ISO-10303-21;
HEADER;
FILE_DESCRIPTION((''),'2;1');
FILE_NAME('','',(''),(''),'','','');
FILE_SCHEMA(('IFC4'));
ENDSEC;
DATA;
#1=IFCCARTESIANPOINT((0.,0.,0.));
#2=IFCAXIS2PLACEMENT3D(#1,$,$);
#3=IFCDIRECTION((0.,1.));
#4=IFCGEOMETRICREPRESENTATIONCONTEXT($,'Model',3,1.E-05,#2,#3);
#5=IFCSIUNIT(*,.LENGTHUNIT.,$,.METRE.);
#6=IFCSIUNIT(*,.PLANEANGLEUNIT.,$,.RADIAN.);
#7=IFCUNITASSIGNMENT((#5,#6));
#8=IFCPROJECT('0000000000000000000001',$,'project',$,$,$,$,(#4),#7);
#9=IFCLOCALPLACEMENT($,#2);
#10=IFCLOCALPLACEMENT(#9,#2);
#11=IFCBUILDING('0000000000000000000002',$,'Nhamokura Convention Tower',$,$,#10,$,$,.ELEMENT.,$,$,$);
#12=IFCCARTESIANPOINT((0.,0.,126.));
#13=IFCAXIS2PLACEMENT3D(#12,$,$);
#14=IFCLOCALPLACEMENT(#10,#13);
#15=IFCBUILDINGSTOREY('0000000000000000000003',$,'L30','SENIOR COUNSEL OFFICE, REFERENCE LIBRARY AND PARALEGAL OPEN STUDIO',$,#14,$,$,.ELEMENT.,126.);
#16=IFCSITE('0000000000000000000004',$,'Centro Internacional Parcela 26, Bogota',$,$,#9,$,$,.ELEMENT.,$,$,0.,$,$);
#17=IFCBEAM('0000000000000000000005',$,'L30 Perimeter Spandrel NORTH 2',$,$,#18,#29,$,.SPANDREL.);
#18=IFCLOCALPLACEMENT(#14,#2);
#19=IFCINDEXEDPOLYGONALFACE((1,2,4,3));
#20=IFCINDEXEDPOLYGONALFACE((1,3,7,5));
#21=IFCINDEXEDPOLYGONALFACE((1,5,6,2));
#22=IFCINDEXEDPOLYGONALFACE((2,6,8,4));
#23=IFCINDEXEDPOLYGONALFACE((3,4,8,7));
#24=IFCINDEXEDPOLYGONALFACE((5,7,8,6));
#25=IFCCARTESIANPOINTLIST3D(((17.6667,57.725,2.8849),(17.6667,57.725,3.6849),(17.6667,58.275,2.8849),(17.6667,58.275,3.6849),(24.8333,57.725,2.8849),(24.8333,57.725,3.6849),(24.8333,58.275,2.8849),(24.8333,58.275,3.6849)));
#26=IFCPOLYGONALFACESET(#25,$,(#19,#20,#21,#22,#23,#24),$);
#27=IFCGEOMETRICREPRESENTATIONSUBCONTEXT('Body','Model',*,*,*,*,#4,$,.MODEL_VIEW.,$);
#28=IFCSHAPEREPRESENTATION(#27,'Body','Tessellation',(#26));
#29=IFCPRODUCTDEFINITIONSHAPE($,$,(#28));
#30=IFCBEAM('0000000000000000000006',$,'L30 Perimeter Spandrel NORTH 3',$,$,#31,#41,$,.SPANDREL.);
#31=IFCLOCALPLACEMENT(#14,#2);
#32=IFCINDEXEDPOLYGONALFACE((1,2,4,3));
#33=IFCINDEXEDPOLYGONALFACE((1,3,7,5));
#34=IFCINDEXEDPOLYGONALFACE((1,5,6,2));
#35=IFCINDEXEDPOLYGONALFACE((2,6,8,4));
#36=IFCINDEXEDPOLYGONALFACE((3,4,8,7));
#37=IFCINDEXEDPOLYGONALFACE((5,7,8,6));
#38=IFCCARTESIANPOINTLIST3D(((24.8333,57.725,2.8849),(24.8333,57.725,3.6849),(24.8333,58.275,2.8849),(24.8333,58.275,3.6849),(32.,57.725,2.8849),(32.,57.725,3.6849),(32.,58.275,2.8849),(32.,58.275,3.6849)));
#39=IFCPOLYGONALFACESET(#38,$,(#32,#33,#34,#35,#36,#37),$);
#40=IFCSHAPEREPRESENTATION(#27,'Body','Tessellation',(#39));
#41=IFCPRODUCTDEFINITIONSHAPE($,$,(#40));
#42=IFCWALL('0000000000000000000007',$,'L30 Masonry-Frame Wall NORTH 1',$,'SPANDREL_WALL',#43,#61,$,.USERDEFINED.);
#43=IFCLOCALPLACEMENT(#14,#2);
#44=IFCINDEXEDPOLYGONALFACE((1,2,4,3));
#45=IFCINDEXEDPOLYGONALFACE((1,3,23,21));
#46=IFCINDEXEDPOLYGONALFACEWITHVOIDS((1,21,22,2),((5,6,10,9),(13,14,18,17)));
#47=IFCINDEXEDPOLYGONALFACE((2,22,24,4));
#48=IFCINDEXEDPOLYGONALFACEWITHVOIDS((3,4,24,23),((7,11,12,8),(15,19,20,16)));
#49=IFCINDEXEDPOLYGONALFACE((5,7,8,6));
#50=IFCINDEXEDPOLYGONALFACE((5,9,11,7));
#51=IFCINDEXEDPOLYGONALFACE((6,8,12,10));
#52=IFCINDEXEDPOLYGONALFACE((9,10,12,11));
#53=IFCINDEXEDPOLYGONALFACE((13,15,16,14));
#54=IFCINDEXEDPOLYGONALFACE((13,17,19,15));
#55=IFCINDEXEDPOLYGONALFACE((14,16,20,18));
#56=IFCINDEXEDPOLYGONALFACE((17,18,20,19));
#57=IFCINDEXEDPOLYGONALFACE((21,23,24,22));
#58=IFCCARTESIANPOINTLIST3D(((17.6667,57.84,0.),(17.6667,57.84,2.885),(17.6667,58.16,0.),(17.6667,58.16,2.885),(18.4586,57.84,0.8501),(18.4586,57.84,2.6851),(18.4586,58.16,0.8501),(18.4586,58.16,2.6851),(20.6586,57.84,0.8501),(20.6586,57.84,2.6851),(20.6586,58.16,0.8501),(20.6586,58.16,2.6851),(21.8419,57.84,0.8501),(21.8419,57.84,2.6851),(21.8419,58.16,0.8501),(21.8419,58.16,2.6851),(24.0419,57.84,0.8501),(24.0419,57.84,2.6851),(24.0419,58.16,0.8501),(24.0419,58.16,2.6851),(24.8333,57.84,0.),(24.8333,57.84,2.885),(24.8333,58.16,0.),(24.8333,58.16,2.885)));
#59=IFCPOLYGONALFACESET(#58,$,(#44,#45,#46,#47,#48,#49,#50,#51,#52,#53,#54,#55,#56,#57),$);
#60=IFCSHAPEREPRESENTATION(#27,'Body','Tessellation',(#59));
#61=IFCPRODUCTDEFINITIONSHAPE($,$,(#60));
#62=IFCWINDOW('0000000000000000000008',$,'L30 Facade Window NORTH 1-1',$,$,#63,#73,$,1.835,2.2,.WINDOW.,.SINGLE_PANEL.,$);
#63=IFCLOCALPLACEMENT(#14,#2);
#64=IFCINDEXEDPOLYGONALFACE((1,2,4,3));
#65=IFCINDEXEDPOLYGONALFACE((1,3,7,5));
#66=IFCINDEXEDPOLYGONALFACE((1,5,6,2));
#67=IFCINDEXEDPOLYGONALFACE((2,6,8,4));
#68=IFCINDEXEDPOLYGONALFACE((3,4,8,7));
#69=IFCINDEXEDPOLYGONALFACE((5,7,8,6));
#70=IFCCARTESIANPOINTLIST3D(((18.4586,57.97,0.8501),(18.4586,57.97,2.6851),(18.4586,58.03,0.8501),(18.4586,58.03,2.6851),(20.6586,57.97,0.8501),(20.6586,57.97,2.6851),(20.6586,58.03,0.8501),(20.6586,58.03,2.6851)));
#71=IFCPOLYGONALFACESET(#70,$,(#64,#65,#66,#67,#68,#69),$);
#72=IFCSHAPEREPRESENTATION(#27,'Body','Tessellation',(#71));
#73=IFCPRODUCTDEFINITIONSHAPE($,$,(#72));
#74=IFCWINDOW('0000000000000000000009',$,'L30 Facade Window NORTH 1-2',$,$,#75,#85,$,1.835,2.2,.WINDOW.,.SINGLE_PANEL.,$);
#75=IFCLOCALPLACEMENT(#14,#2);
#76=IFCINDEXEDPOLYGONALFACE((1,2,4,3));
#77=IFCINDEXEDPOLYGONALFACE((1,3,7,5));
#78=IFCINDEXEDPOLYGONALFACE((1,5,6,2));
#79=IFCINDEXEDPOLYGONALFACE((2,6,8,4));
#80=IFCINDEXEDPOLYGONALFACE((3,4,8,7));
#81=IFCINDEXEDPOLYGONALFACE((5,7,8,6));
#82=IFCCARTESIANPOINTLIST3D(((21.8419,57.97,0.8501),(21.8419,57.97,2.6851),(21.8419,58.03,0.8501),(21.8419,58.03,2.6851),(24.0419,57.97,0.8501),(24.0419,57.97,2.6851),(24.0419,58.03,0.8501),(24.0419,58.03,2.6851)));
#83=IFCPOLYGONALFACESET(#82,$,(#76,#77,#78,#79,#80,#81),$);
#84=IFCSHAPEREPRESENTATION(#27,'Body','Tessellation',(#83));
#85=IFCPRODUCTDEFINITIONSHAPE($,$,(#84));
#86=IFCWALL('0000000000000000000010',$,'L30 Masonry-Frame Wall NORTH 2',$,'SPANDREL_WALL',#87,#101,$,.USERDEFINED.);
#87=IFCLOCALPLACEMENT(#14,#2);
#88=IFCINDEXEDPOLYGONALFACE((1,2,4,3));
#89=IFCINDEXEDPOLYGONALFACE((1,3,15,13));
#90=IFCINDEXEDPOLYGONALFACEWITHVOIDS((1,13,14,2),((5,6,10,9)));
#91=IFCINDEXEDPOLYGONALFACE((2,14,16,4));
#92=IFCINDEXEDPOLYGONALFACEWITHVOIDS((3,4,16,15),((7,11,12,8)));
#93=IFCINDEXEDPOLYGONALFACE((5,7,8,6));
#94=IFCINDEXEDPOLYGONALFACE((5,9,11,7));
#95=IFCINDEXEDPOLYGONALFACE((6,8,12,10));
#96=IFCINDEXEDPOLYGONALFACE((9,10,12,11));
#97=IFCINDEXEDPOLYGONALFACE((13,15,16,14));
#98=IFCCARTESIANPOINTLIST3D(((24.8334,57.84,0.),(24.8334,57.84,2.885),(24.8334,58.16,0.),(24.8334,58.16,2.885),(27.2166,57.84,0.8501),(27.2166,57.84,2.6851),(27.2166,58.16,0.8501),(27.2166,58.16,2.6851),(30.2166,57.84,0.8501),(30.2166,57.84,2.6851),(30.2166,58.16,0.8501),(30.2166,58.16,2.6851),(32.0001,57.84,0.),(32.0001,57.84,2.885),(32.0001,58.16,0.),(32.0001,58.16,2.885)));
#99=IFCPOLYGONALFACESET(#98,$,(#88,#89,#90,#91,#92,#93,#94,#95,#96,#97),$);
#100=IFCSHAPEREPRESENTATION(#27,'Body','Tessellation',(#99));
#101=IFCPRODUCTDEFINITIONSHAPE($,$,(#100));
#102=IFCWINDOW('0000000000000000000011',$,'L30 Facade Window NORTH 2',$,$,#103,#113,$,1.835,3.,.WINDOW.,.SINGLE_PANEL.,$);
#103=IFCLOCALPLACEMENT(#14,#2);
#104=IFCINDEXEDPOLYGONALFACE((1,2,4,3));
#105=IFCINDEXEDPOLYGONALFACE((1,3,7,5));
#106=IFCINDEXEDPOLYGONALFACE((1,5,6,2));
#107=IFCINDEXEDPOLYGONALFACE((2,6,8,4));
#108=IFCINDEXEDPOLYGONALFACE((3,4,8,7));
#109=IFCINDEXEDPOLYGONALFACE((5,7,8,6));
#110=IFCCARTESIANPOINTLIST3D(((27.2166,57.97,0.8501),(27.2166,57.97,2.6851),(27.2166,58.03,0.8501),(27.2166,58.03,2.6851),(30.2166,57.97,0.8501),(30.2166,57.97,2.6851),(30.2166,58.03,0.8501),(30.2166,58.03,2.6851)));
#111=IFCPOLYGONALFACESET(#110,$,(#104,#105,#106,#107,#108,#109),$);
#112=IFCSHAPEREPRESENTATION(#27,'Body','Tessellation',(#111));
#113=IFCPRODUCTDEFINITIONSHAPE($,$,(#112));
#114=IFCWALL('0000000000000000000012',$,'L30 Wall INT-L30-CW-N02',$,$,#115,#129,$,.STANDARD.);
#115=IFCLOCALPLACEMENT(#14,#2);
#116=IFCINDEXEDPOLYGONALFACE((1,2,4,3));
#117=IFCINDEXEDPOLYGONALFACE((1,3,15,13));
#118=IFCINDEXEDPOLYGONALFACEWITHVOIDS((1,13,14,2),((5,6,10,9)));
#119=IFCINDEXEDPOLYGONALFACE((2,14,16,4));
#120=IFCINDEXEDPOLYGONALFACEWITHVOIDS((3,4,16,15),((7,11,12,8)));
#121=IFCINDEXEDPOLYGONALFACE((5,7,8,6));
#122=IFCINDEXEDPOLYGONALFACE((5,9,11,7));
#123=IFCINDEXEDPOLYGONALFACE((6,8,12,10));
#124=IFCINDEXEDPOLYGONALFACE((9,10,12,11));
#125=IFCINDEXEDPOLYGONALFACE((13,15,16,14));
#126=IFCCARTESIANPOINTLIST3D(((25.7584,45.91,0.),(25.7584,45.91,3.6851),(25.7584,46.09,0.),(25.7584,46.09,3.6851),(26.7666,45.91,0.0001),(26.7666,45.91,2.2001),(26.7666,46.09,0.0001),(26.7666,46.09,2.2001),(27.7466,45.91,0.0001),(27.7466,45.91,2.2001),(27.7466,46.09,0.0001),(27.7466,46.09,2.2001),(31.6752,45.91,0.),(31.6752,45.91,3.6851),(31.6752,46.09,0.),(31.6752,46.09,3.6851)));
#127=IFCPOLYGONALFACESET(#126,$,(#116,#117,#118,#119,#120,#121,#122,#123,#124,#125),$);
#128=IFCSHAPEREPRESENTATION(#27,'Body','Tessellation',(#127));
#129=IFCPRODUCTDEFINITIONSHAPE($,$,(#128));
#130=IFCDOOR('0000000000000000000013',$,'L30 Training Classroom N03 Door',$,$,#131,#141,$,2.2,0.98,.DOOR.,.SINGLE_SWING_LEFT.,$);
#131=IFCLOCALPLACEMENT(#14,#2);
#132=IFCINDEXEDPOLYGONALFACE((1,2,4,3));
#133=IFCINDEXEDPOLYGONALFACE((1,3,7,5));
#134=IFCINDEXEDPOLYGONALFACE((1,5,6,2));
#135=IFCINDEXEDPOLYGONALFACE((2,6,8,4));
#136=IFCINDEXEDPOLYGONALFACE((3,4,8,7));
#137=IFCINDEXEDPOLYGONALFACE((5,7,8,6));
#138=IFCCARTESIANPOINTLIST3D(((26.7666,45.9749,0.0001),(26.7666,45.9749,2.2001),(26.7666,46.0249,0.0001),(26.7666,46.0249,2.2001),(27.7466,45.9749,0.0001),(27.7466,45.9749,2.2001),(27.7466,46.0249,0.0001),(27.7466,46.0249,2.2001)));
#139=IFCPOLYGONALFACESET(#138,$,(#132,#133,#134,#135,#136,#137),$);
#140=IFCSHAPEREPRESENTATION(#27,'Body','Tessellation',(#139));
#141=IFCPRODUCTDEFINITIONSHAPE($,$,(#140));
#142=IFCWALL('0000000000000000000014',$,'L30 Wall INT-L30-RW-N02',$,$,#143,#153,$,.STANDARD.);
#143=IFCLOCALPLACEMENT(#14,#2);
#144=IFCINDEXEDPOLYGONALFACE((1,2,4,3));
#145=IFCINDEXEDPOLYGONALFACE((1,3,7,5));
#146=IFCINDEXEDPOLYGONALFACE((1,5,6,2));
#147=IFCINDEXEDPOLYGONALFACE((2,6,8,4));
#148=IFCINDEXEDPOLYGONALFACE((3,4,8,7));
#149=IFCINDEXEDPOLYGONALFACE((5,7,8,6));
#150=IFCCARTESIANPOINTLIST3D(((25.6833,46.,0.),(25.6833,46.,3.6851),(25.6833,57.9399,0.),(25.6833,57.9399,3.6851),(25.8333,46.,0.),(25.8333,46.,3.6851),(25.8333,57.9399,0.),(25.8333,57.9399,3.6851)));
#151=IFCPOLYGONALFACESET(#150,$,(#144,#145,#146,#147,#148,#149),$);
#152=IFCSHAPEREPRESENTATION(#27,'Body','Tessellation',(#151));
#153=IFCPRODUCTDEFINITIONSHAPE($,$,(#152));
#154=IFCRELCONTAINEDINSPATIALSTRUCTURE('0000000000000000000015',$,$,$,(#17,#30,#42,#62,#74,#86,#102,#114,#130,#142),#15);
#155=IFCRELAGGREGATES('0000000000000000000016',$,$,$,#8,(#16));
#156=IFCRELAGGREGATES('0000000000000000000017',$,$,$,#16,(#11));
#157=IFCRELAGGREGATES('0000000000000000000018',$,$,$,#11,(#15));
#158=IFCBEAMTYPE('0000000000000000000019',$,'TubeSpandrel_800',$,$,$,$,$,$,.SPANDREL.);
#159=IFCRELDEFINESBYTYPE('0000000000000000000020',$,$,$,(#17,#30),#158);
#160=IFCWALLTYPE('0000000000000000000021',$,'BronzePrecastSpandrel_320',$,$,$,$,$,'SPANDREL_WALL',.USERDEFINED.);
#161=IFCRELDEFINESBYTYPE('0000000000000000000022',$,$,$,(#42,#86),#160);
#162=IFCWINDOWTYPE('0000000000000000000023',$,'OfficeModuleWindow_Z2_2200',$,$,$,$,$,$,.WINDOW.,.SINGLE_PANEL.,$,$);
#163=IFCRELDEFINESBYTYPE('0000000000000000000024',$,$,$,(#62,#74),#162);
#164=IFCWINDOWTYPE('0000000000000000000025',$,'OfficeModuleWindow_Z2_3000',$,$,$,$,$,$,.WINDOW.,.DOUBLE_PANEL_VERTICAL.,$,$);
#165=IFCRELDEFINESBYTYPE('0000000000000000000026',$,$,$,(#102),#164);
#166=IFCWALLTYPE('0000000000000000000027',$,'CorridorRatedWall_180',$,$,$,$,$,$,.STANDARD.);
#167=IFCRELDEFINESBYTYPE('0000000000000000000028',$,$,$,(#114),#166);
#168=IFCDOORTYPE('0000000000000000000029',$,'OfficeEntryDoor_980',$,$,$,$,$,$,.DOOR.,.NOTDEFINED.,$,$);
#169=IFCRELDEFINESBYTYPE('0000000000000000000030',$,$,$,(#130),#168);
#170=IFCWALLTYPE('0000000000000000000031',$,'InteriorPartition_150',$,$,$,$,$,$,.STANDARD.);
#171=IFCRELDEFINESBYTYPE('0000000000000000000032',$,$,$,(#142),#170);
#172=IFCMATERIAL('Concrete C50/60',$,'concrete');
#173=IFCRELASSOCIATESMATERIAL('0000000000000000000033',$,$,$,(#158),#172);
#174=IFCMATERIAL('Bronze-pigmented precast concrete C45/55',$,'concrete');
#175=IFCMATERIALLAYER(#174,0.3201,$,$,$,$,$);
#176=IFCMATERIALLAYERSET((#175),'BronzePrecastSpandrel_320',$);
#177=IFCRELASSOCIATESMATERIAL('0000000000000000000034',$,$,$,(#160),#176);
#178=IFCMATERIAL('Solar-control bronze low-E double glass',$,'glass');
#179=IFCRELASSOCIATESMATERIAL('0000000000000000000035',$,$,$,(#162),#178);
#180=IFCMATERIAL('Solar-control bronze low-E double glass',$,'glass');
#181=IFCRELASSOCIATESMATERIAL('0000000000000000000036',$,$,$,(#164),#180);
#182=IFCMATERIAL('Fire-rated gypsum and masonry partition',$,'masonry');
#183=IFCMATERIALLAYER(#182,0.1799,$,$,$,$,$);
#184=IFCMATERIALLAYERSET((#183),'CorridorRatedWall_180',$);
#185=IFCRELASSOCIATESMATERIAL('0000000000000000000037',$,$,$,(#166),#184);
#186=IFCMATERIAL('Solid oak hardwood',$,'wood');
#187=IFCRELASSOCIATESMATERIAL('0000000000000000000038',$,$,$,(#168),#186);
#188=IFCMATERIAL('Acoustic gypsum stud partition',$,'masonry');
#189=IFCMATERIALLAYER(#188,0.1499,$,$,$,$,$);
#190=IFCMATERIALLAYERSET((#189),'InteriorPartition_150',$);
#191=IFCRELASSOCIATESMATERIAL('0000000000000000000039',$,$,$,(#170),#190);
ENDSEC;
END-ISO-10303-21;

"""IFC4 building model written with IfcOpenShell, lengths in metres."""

from ifc_helpers import new_model, si_unit, direction, frame, frame_2d, origin, origin_2d, place, context, subcontext, project, spatial, rectangle, extrude, material, layer, layer_set, material_profile, profile_set, type_object, element, fill, save


model = new_model("IFC4")

# Units and contexts
model_context = context("Model", 3, precision=1e-05, world=origin(), true_north=direction((0.0, 1.0)))
body_context = subcontext(model_context, "Body", "Model", "MODEL_VIEW")
ifc_project = project(units=[si_unit("LENGTHUNIT", "METRE"), si_unit("PLANEANGLEUNIT", "RADIAN")], contexts=[model_context])

# Site, building, storey
site_placement = place(None, origin())
site = spatial("IfcSite", under=ifc_project, at=site_placement, Name="Centro Internacional Parcela 26, Bogota", CompositionType="ELEMENT", RefElevation=0.0)
building_placement = place(site_placement, origin())
building = spatial("IfcBuilding", under=site, at=building_placement, Name="Nhamokura Convention Tower", CompositionType="ELEMENT")
storey_placement = place(building_placement, frame((0.0, 0.0, 126.0)))
storey = spatial("IfcBuildingStorey", under=building, at=storey_placement, Name="L30", Description="SENIOR COUNSEL OFFICE, REFERENCE LIBRARY AND PARALEGAL OPEN STUDIO", CompositionType="ELEMENT", Elevation=126.0)

# Beams
ifc_material_1 = material(Name="Concrete C50/60", Category="concrete")
ifc_material_profile_1 = material_profile(ifc_material_1, rectangle(XDim=0.55, YDim=0.8, at=origin_2d()))
ifc_profile_set_1 = profile_set([ifc_material_profile_1], Name="Concrete C50/60")
beam_type_1 = type_object("IfcBeamType", Name="TubeSpandrel_800", PredefinedType="SPANDREL", material=ifc_profile_set_1)
beam_1_placement = place(storey_placement, frame((17.6667, 58.0, 3.2849), z_axis=(1.0, 0.0, 0.0), x_axis=(0.0, 1.0, 0.0)))
element("IfcBeam", 1, at=beam_1_placement, inside=storey, type_object=beam_type_1, Name="L30 Perimeter Spandrel NORTH 2", PredefinedType="SPANDREL", context=body_context, shape_type="SweptSolid", body=[
    extrude(rectangle(XDim=0.55, YDim=0.8, at=origin_2d()), origin(), (0.0, 0.0, 1.0), 7.1665),
])
beam_2_placement = place(storey_placement, frame((24.8333, 58.0, 3.2849), z_axis=(1.0, 0.0, 0.0), x_axis=(0.0, 1.0, 0.0)))
element("IfcBeam", 2, at=beam_2_placement, inside=storey, type_object=beam_type_1, Name="L30 Perimeter Spandrel NORTH 3", PredefinedType="SPANDREL", context=body_context, shape_type="SweptSolid", body=[
    extrude(rectangle(XDim=0.55, YDim=0.8, at=origin_2d()), origin(), (0.0, 0.0, 1.0), 7.1667),
])

# Wall, openings, windows
ifc_material_2 = material(Name="Bronze-pigmented precast concrete C45/55", Category="concrete")
ifc_layer_1 = layer(ifc_material_2, 0.3201)
ifc_layer_set_1 = layer_set([ifc_layer_1], Name="BronzePrecastSpandrel_320")
wall_type_1 = type_object("IfcWallType", Name="BronzePrecastSpandrel_320", ElementType="SPANDREL_WALL", PredefinedType="USERDEFINED", material=ifc_layer_set_1)
wall_1_placement = place(storey_placement, frame((17.6667, 58.0, 0.0), z_axis=(0.0, 0.0, 1.0), x_axis=(1.0, 0.0, 0.0)))
wall_1 = element("IfcWall", 3, at=wall_1_placement, inside=storey, type_object=wall_type_1, Name="L30 Masonry-Frame Wall NORTH 1", ObjectType="SPANDREL_WALL", PredefinedType="USERDEFINED", context=body_context, shape_type="SweptSolid", body=[
    extrude(rectangle(XDim=7.1665, YDim=0.3201, at=frame_2d((3.5833, 0.0))), origin(), (0.0, 0.0, 1.0), 2.885),
])
opening_1_placement = place(wall_1_placement, frame((0.7917, 0.0, 0.8501)))
opening_1 = element("IfcOpeningElement", 4, at=opening_1_placement, cuts=wall_1, PredefinedType="OPENING", context=body_context, shape_type="SweptSolid", body=[
    extrude(rectangle(XDim=2.2, YDim=1.835, at=frame_2d((1.1001, 0.9175))), frame((0.0, 0.1699, 0.0), z_axis=(0.0, -1.0, 0.0), x_axis=(1.0, 0.0, 0.0)), (0.0, 0.0, 1.0), 0.3401),
])
opening_2_placement = place(wall_1_placement, frame((4.175, 0.0, 0.8501)))
opening_2 = element("IfcOpeningElement", 5, at=opening_2_placement, cuts=wall_1, PredefinedType="OPENING", context=body_context, shape_type="SweptSolid", body=[
    extrude(rectangle(XDim=2.2, YDim=1.835, at=frame_2d((1.1001, 0.9175))), frame((0.0, 0.1699, 0.0), z_axis=(0.0, -1.0, 0.0), x_axis=(1.0, 0.0, 0.0)), (0.0, 0.0, 1.0), 0.3401),
])
ifc_material_3 = material(Name="Solar-control bronze low-E double glass", Category="glass")
window_type_1 = type_object("IfcWindowType", Name="OfficeModuleWindow_Z2_2200", PartitioningType="SINGLE_PANEL", PredefinedType="WINDOW", material=ifc_material_3)
window_1_placement = place(opening_1_placement, origin())
window_1 = element("IfcWindow", 6, at=window_1_placement, inside=storey, type_object=window_type_1, Name="L30 Facade Window NORTH 1-1", OverallHeight=1.835, OverallWidth=2.2, PartitioningType="SINGLE_PANEL", PredefinedType="WINDOW", context=body_context, shape_type="SweptSolid", body=[
    extrude(rectangle(XDim=2.2, YDim=1.835, at=frame_2d((1.1001, 0.9175))), frame((0.0, 0.03, 0.0), z_axis=(0.0, -1.0, 0.0), x_axis=(1.0, 0.0, 0.0)), (0.0, 0.0, 1.0), 0.0601),
])
fill(opening_1, window_1)
window_2_placement = place(opening_2_placement, origin())
window_2 = element("IfcWindow", 7, at=window_2_placement, inside=storey, type_object=window_type_1, Name="L30 Facade Window NORTH 1-2", OverallHeight=1.835, OverallWidth=2.2, PartitioningType="SINGLE_PANEL", PredefinedType="WINDOW", context=body_context, shape_type="SweptSolid", body=[
    extrude(rectangle(XDim=2.2, YDim=1.835, at=frame_2d((1.1001, 0.9175))), frame((0.0, 0.03, 0.0), z_axis=(0.0, -1.0, 0.0), x_axis=(1.0, 0.0, 0.0)), (0.0, 0.0, 1.0), 0.0601),
])
fill(opening_2, window_2)

# Wall, opening, window
wall_2_placement = place(storey_placement, frame((24.8333, 58.0, 0.0), z_axis=(0.0, 0.0, 1.0), x_axis=(1.0, 0.0, 0.0)))
wall_2 = element("IfcWall", 8, at=wall_2_placement, inside=storey, type_object=wall_type_1, Name="L30 Masonry-Frame Wall NORTH 2", ObjectType="SPANDREL_WALL", PredefinedType="USERDEFINED", context=body_context, shape_type="SweptSolid", body=[
    extrude(rectangle(XDim=7.1667, YDim=0.3201, at=frame_2d((3.5835, 0.0))), origin(), (0.0, 0.0, 1.0), 2.885),
])
opening_3_placement = place(wall_2_placement, frame((2.3833, 0.0, 0.8501)))
opening_3 = element("IfcOpeningElement", 9, at=opening_3_placement, cuts=wall_2, PredefinedType="OPENING", context=body_context, shape_type="SweptSolid", body=[
    extrude(rectangle(XDim=3.0, YDim=1.835, at=frame_2d((1.5, 0.9175))), frame((0.0, 0.1699, 0.0), z_axis=(0.0, -1.0, 0.0), x_axis=(1.0, 0.0, 0.0)), (0.0, 0.0, 1.0), 0.3401),
])
ifc_material_4 = material(Name="Solar-control bronze low-E double glass", Category="glass")
window_type_2 = type_object("IfcWindowType", Name="OfficeModuleWindow_Z2_3000", PartitioningType="DOUBLE_PANEL_VERTICAL", PredefinedType="WINDOW", material=ifc_material_4)
window_3_placement = place(opening_3_placement, origin())
window_3 = element("IfcWindow", 10, at=window_3_placement, inside=storey, type_object=window_type_2, Name="L30 Facade Window NORTH 2", OverallHeight=1.835, OverallWidth=3.0, PartitioningType="SINGLE_PANEL", PredefinedType="WINDOW", context=body_context, shape_type="SweptSolid", body=[
    extrude(rectangle(XDim=3.0, YDim=1.835, at=frame_2d((1.5, 0.9175))), frame((0.0, 0.03, 0.0), z_axis=(0.0, -1.0, 0.0), x_axis=(1.0, 0.0, 0.0)), (0.0, 0.0, 1.0), 0.0601),
])
fill(opening_3, window_3)

# Wall, opening, door
ifc_material_5 = material(Name="Fire-rated gypsum and masonry partition", Category="masonry")
ifc_layer_2 = layer(ifc_material_5, 0.1799)
ifc_layer_set_2 = layer_set([ifc_layer_2], Name="CorridorRatedWall_180")
wall_type_2 = type_object("IfcWallType", Name="CorridorRatedWall_180", PredefinedType="STANDARD", material=ifc_layer_set_2)
wall_3_placement = place(storey_placement, frame((25.7583, 46.0, 0.0), z_axis=(0.0, 0.0, 1.0), x_axis=(1.0, 0.0, 0.0)))
wall_3 = element("IfcWall", 11, at=wall_3_placement, inside=storey, type_object=wall_type_2, Name="L30 Wall INT-L30-CW-N02", PredefinedType="STANDARD", context=body_context, shape_type="SweptSolid", body=[
    extrude(rectangle(XDim=5.9167, YDim=0.1799, at=frame_2d((2.9585, 0.0))), origin(), (0.0, 0.0, 1.0), 3.6851),
])
opening_4_placement = place(wall_3_placement, frame((1.0083, 0.0, 0.0)))
opening_4 = element("IfcOpeningElement", 12, at=opening_4_placement, cuts=wall_3, PredefinedType="OPENING", context=body_context, shape_type="SweptSolid", body=[
    extrude(rectangle(XDim=0.98, YDim=2.2, at=frame_2d((0.49, 1.1001))), frame((0.0, 0.0999, 0.0), z_axis=(0.0, -1.0, 0.0), x_axis=(1.0, 0.0, 0.0)), (0.0, 0.0, 1.0), 0.2),
])
ifc_material_6 = material(Name="Solid oak hardwood", Category="wood")
door_type = type_object("IfcDoorType", Name="OfficeEntryDoor_980", OperationType="NOTDEFINED", PredefinedType="DOOR", material=ifc_material_6)
door_placement = place(opening_4_placement, origin())
door = element("IfcDoor", 13, at=door_placement, inside=storey, type_object=door_type, Name="L30 Training Classroom N03 Door", OperationType="SINGLE_SWING_LEFT", OverallHeight=2.2, OverallWidth=0.98, PredefinedType="DOOR", context=body_context, shape_type="SweptSolid", body=[
    extrude(rectangle(XDim=0.98, YDim=2.2, at=frame_2d((0.49, 1.1001))), frame((0.0, 0.0249, 0.0), z_axis=(0.0, -1.0, 0.0), x_axis=(1.0, 0.0, 0.0)), (0.0, 0.0, 1.0), 0.05),
])
fill(opening_4, door)

# Wall
ifc_material_7 = material(Name="Acoustic gypsum stud partition", Category="masonry")
ifc_layer_3 = layer(ifc_material_7, 0.1499)
ifc_layer_set_3 = layer_set([ifc_layer_3], Name="InteriorPartition_150")
wall_type_3 = type_object("IfcWallType", Name="InteriorPartition_150", PredefinedType="STANDARD", material=ifc_layer_set_3)
wall_4_placement = place(storey_placement, frame((25.7583, 46.0, 0.0), z_axis=(0.0, 0.0, 1.0), x_axis=(0.0, 1.0, 0.0)))
element("IfcWall", 14, at=wall_4_placement, inside=storey, type_object=wall_type_3, Name="L30 Wall INT-L30-RW-N02", PredefinedType="STANDARD", context=body_context, shape_type="SweptSolid", body=[
    extrude(rectangle(XDim=11.9399, YDim=0.1499, at=frame_2d((5.97, 0.0))), origin(), (0.0, 0.0, 1.0), 3.6851),
])

save(model, "model.ifc")
